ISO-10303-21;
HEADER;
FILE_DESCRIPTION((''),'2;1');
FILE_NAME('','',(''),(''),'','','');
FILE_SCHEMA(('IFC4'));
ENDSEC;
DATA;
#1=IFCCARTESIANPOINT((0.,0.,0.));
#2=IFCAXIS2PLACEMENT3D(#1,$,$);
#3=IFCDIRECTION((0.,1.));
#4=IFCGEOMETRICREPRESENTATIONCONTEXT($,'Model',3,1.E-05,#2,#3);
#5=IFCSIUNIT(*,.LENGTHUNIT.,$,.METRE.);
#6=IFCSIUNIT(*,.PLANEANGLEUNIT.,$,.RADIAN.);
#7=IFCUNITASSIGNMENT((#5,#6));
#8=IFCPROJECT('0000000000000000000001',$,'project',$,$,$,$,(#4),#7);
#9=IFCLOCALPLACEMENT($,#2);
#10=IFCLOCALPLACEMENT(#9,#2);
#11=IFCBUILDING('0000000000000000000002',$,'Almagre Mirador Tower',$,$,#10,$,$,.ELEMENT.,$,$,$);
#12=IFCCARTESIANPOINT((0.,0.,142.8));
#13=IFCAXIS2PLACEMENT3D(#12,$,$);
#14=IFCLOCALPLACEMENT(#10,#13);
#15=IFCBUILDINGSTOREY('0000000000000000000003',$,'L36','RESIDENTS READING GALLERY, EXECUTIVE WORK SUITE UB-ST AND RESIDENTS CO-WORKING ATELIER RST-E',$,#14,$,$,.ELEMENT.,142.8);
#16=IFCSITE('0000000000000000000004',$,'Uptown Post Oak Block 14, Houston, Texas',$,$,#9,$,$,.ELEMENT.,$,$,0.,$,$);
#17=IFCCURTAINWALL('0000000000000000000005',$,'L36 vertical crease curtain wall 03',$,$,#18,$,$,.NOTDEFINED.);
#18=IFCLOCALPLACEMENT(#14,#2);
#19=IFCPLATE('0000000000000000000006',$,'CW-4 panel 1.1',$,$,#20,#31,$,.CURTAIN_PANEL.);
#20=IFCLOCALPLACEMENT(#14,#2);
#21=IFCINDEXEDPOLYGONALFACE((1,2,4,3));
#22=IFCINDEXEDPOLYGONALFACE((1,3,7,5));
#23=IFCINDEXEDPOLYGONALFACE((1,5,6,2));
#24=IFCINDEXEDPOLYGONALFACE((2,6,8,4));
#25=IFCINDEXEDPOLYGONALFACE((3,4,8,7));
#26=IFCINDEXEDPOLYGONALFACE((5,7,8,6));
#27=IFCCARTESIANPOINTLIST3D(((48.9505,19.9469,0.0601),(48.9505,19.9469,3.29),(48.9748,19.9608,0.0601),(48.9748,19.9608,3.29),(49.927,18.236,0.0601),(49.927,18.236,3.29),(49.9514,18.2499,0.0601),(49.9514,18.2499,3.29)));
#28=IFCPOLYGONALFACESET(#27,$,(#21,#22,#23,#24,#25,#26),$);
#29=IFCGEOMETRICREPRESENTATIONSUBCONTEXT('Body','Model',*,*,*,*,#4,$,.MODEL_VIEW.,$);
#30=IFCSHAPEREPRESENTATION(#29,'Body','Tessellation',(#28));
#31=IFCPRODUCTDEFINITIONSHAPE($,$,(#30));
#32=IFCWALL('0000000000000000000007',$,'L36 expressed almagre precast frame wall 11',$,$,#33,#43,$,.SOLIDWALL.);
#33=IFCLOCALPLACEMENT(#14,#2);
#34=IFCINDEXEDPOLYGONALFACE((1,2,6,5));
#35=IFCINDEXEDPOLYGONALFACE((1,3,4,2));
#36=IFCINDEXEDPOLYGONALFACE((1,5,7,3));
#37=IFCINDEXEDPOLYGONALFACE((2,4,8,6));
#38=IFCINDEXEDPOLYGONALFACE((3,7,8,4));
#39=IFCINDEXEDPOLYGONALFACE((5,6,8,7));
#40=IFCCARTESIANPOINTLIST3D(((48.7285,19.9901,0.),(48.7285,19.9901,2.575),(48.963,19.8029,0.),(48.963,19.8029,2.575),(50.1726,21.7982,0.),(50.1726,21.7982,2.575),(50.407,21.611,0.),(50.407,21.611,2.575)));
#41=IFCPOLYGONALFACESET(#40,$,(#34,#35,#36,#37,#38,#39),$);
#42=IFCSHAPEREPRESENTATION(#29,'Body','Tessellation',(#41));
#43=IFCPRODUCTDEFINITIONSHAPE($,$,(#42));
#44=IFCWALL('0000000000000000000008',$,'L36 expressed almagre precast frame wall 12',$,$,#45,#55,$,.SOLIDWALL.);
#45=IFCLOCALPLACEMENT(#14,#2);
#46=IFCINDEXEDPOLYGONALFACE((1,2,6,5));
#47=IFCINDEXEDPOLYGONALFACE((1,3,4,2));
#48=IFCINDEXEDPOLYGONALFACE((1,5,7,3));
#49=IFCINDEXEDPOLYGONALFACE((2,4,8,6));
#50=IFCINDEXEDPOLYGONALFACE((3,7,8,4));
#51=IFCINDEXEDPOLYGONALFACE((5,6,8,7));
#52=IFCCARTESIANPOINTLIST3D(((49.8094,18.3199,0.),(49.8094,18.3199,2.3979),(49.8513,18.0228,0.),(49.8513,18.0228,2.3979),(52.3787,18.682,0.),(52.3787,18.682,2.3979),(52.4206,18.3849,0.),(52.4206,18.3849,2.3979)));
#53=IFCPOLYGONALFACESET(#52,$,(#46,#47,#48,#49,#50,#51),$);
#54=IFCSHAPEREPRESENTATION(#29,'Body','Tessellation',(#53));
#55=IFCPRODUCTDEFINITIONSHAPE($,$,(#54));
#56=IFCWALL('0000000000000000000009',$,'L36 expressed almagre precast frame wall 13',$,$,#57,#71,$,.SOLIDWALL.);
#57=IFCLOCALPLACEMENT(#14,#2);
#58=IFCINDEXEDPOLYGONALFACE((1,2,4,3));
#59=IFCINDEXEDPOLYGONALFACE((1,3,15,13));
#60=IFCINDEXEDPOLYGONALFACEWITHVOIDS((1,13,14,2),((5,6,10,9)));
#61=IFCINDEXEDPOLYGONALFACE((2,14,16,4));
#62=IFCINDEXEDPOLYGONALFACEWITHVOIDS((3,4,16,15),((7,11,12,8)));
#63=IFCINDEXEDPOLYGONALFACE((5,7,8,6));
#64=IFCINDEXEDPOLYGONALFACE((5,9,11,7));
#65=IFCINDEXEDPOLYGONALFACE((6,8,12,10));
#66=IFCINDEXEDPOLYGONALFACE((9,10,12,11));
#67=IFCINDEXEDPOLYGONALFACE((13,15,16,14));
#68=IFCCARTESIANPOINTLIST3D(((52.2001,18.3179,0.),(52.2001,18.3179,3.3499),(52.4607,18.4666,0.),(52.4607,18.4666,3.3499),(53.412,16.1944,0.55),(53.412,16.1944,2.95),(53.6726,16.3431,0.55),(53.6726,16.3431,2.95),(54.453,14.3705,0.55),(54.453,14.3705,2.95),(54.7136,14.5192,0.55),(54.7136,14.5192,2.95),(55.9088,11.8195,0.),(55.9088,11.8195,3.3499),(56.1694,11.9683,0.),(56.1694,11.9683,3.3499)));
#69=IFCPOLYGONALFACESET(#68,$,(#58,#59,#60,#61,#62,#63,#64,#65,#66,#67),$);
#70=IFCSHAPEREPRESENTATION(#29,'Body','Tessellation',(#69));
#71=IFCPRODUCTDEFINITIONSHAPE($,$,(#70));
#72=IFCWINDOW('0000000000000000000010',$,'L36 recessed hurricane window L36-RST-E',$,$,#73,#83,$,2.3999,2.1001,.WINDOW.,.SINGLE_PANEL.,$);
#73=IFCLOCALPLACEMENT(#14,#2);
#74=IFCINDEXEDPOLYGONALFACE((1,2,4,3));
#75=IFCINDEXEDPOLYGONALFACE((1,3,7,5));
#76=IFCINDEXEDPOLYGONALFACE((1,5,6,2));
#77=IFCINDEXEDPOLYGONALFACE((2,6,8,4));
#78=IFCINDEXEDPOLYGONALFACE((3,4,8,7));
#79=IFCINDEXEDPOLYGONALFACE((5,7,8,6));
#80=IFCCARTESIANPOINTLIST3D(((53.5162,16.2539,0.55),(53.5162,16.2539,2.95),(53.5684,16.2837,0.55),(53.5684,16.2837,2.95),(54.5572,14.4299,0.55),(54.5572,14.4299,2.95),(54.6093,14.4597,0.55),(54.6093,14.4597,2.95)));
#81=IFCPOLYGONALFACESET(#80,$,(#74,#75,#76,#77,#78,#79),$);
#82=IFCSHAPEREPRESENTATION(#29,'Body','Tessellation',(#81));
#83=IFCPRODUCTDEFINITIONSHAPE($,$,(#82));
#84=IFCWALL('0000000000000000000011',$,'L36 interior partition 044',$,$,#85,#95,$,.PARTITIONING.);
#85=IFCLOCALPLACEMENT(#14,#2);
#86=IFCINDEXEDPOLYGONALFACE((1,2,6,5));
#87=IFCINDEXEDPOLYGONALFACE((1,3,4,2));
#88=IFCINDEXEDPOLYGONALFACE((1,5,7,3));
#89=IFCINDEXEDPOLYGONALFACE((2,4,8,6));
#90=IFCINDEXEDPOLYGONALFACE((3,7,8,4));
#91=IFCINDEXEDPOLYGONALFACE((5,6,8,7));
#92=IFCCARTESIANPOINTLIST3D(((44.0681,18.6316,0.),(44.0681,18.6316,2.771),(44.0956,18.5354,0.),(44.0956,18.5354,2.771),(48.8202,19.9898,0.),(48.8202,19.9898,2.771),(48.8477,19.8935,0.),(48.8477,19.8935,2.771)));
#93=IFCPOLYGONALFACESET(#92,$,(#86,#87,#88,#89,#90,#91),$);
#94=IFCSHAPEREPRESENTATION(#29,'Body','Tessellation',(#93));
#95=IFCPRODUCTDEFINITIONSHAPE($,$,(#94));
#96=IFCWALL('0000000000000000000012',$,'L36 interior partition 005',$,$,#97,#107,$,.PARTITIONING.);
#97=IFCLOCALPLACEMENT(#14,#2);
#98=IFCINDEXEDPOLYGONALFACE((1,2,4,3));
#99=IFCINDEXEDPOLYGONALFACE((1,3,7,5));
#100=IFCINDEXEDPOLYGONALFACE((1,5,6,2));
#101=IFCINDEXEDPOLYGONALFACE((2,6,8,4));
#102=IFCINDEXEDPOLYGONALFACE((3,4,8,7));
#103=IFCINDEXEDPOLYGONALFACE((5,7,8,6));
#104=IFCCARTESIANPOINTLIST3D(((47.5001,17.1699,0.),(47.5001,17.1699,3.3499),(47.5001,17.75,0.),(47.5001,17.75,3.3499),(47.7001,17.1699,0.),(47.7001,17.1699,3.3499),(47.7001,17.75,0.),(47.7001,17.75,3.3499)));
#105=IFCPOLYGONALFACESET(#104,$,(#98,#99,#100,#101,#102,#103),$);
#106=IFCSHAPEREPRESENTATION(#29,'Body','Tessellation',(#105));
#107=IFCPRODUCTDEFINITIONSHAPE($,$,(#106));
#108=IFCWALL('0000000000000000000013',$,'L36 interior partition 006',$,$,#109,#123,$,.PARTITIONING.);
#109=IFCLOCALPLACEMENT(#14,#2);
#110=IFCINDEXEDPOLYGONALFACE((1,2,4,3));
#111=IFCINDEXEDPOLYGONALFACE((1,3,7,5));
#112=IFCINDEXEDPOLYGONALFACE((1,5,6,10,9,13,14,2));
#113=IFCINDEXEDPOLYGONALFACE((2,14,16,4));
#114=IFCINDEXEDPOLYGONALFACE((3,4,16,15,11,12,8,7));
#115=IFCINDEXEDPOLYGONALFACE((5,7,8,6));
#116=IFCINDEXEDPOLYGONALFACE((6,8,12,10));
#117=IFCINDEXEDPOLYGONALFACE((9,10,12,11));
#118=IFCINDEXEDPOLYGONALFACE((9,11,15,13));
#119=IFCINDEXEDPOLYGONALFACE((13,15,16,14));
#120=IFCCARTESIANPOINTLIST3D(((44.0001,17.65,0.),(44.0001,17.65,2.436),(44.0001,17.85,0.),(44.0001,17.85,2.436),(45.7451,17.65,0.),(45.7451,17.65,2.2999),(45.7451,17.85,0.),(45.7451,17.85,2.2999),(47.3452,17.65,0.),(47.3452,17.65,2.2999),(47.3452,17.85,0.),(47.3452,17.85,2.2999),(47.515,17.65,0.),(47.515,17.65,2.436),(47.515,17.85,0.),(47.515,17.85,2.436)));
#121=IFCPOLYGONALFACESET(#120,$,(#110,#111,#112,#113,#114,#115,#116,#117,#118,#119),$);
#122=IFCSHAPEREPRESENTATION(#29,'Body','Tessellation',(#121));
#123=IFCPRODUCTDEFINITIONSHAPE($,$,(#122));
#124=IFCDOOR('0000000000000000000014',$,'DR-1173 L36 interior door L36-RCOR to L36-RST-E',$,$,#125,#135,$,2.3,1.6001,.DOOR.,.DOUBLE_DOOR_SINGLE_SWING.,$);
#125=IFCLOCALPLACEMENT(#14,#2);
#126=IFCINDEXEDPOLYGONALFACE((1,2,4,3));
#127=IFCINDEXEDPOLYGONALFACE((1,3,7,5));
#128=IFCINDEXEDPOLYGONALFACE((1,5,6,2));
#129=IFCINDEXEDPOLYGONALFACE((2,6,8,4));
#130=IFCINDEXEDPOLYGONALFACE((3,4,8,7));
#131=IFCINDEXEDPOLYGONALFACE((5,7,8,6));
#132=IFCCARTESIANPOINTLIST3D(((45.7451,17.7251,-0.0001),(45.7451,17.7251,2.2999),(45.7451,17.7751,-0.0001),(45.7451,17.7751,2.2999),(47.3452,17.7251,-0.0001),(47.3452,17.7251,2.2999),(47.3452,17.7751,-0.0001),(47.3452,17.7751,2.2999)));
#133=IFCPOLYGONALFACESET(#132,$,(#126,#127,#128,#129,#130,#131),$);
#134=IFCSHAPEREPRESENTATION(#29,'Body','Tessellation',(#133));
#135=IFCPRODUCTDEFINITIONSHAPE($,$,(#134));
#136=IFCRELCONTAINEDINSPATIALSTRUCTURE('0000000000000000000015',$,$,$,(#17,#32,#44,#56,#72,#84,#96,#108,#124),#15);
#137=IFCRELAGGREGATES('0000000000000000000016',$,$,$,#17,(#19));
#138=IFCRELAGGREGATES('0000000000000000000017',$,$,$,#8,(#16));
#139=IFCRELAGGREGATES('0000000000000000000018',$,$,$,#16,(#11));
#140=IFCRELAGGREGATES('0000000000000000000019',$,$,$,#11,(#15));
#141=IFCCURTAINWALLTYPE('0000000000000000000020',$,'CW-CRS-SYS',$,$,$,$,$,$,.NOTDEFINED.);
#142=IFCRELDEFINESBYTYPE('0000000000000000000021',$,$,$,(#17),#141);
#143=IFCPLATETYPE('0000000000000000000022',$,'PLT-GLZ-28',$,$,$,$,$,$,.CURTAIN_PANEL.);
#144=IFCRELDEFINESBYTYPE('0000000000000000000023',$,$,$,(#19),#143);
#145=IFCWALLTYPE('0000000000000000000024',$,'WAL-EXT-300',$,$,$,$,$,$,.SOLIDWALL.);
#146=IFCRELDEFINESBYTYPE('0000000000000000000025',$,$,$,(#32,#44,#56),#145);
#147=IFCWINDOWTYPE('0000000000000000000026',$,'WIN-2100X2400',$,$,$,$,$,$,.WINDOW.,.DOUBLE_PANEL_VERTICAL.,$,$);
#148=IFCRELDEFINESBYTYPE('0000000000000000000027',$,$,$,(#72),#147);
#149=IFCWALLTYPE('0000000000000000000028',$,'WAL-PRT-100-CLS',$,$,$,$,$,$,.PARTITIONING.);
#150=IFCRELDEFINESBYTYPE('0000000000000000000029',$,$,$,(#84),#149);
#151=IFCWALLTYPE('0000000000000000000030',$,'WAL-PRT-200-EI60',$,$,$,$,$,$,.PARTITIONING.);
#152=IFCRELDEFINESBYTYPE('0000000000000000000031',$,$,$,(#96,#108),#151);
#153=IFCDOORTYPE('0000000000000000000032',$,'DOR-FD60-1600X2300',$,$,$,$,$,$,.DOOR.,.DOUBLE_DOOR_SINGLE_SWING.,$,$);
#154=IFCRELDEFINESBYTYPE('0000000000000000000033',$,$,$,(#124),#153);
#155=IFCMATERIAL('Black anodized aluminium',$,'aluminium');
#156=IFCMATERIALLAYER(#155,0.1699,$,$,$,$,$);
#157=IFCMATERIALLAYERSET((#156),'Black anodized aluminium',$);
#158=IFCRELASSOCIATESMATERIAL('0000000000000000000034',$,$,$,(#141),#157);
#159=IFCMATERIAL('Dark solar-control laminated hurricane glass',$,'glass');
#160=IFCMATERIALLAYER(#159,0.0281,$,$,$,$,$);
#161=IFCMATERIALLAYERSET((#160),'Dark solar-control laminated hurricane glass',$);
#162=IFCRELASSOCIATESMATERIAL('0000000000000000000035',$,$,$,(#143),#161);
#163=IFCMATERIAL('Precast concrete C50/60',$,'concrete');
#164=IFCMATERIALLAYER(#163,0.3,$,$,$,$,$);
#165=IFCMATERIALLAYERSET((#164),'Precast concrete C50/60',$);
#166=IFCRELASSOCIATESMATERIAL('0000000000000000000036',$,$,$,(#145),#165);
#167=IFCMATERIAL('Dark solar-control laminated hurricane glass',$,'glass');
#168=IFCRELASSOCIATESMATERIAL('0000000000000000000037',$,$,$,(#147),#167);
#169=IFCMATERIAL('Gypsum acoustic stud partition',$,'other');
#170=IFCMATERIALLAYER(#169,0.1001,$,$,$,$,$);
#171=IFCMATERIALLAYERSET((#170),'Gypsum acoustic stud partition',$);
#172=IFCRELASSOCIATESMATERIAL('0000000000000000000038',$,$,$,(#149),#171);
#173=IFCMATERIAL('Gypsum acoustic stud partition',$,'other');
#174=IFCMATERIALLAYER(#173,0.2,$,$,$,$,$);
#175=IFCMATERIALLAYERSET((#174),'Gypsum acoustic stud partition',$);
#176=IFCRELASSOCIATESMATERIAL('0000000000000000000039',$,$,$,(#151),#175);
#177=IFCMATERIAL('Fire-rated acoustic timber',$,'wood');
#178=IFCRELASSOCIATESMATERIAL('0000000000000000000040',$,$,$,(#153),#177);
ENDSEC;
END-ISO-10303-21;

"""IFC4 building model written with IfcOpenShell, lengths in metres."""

from ifc_helpers import new_model, si_unit, direction, frame, frame_2d, origin, origin_2d, place, context, subcontext, project, spatial, rectangle, extrude, material, layer, layer_set, type_object, element, fill, aggregate, save


model = new_model("IFC4")

# Units and contexts
model_context = context("Model", 3, precision=1e-05, world=origin(), true_north=direction((0.0, 1.0)))
body_context = subcontext(model_context, "Body", "Model", "MODEL_VIEW")
ifc_project = project(units=[si_unit("LENGTHUNIT", "METRE"), si_unit("PLANEANGLEUNIT", "RADIAN")], contexts=[model_context])

# Site, building, storey
site_placement = place(None, origin())
site = spatial("IfcSite", under=ifc_project, at=site_placement, Name="Uptown Post Oak Block 14, Houston, Texas", CompositionType="ELEMENT", RefElevation=0.0)
building_placement = place(site_placement, origin())
building = spatial("IfcBuilding", under=site, at=building_placement, Name="Almagre Mirador Tower", CompositionType="ELEMENT")
storey_placement = place(building_placement, frame((0.0, 0.0, 142.8)))
storey = spatial("IfcBuildingStorey", under=building, at=storey_placement, Name="L36", Description="RESIDENTS READING GALLERY, EXECUTIVE WORK SUITE UB-ST AND RESIDENTS CO-WORKING ATELIER RST-E", CompositionType="ELEMENT", Elevation=142.8)

# Curtain wall, plate
ifc_material_1 = material(Name="Black anodized aluminium", Category="aluminium")
ifc_layer_1 = layer(ifc_material_1, 0.1699)
ifc_layer_set_1 = layer_set([ifc_layer_1], Name="Black anodized aluminium")
curtain_wall_type = type_object("IfcCurtainWallType", Name="CW-CRS-SYS", PredefinedType="NOTDEFINED", material=ifc_layer_set_1)
curtain_wall_placement = place(storey_placement, origin())
curtain_wall = element("IfcCurtainWall", 1, at=curtain_wall_placement, inside=storey, type_object=curtain_wall_type, Name="L36 vertical crease curtain wall 03", PredefinedType="NOTDEFINED")
ifc_material_2 = material(Name="Dark solar-control laminated hurricane glass", Category="glass")
ifc_layer_2 = layer(ifc_material_2, 0.0281)
ifc_layer_set_2 = layer_set([ifc_layer_2], Name="Dark solar-control laminated hurricane glass")
plate_type = type_object("IfcPlateType", Name="PLT-GLZ-28", PredefinedType="CURTAIN_PANEL", material=ifc_layer_set_2)
plate_placement = place(storey_placement, frame((49.4509, 19.0984, 0.0601), z_axis=(0.0, 0.0, 1.0), x_axis=(0.495727, -0.868479, 0.0)))
plate = element("IfcPlate", 2, at=plate_placement, type_object=plate_type, Name="CW-4 panel 1.1", PredefinedType="CURTAIN_PANEL", context=body_context, shape_type="SweptSolid", body=[
    extrude(rectangle(XDim=1.97, YDim=0.0281, at=origin_2d()), origin(), (0.0, 0.0, 1.0), 3.23),
])
aggregate(curtain_wall, [plate])

# Walls
ifc_material_3 = material(Name="Precast concrete C50/60", Category="concrete")
ifc_layer_3 = layer(ifc_material_3, 0.3)
ifc_layer_set_3 = layer_set([ifc_layer_3], Name="Precast concrete C50/60")
wall_type_1 = type_object("IfcWallType", Name="WAL-EXT-300", PredefinedType="SOLIDWALL", material=ifc_layer_set_3)
wall_1_placement = place(storey_placement, frame((50.2898, 21.7046, 0.0), z_axis=(0.0, 0.0, 1.0), x_axis=(-0.624064, -0.781373, 0.0)))
element("IfcWall", 3, at=wall_1_placement, inside=storey, type_object=wall_type_1, Name="L36 expressed almagre precast frame wall 11", PredefinedType="SOLIDWALL", context=body_context, shape_type="SweptSolid", body=[
    extrude(rectangle(XDim=2.314, YDim=0.3, at=frame_2d((1.157, 0.0))), origin(), (0.0, 0.0, 1.0), 2.575),
])
wall_2_placement = place(storey_placement, frame((49.8303, 18.1714, 0.0), z_axis=(0.0, 0.0, 1.0), x_axis=(0.990217, 0.139537, 0.0)))
element("IfcWall", 4, at=wall_2_placement, inside=storey, type_object=wall_type_1, Name="L36 expressed almagre precast frame wall 12", PredefinedType="SOLIDWALL", context=body_context, shape_type="SweptSolid", body=[
    extrude(rectangle(XDim=2.5947, YDim=0.3, at=frame_2d((1.2974, 0.0))), origin(), (0.0, 0.0, 1.0), 2.3979),
])

# Wall, opening, window
wall_3_placement = place(storey_placement, frame((52.3303, 18.3923, 0.0), z_axis=(0.0, 0.0, 1.0), x_axis=(0.495679, -0.868506, 0.0)))
wall_3 = element("IfcWall", 5, at=wall_3_placement, inside=storey, type_object=wall_type_1, Name="L36 expressed almagre precast frame wall 13", PredefinedType="SOLIDWALL", context=body_context, shape_type="SweptSolid", body=[
    extrude(rectangle(XDim=7.4822, YDim=0.3, at=frame_2d((3.7412, 0.0))), origin(), (0.0, 0.0, 1.0), 3.3499),
])
opening_1_placement = place(wall_3_placement, frame((2.4451, 0.0, 0.55)))
opening_1 = element("IfcOpeningElement", 6, at=opening_1_placement, cuts=wall_3, PredefinedType="OPENING", context=body_context, shape_type="SweptSolid", body=[
    extrude(rectangle(XDim=2.1001, YDim=2.3999, at=frame_2d((1.05, 1.2))), frame((0.0, 0.1599, 0.0), z_axis=(0.0, -1.0, 0.0), x_axis=(1.0, 0.0, 0.0)), (0.0, 0.0, 1.0), 0.32),
])
ifc_material_4 = material(Name="Dark solar-control laminated hurricane glass", Category="glass")
window_type = type_object("IfcWindowType", Name="WIN-2100X2400", PartitioningType="DOUBLE_PANEL_VERTICAL", PredefinedType="WINDOW", material=ifc_material_4)
window_placement = place(opening_1_placement, origin())
window = element("IfcWindow", 7, at=window_placement, inside=storey, type_object=window_type, Name="L36 recessed hurricane window L36-RST-E", OverallHeight=2.3999, OverallWidth=2.1001, PartitioningType="SINGLE_PANEL", PredefinedType="WINDOW", context=body_context, shape_type="SweptSolid", body=[
    extrude(rectangle(XDim=2.1001, YDim=2.3999, at=frame_2d((1.05, 1.2))), frame((0.0, 0.03, 0.0), z_axis=(0.0, -1.0, 0.0), x_axis=(1.0, 0.0, 0.0)), (0.0, 0.0, 1.0), 0.0601),
])
fill(opening_1, window)

# Walls
ifc_material_5 = material(Name="Gypsum acoustic stud partition", Category="other")
ifc_layer_4 = layer(ifc_material_5, 0.1001)
ifc_layer_set_4 = layer_set([ifc_layer_4], Name="Gypsum acoustic stud partition")
wall_type_2 = type_object("IfcWallType", Name="WAL-PRT-100-CLS", PredefinedType="PARTITIONING", material=ifc_layer_set_4)
wall_4_placement = place(storey_placement, frame((48.834, 19.9417, 0.0), z_axis=(0.0, 0.0, 1.0), x_axis=(-0.961503, -0.274793, 0.0)))
element("IfcWall", 8, at=wall_4_placement, inside=storey, type_object=wall_type_2, Name="L36 interior partition 044", PredefinedType="PARTITIONING", context=body_context, shape_type="SweptSolid", body=[
    extrude(rectangle(XDim=4.9424, YDim=0.1001, at=frame_2d((2.4712, 0.0))), origin(), (0.0, 0.0, 1.0), 2.771),
])
ifc_material_6 = material(Name="Gypsum acoustic stud partition", Category="other")
ifc_layer_5 = layer(ifc_material_6, 0.2)
ifc_layer_set_5 = layer_set([ifc_layer_5], Name="Gypsum acoustic stud partition")
wall_type_3 = type_object("IfcWallType", Name="WAL-PRT-200-EI60", PredefinedType="PARTITIONING", material=ifc_layer_set_5)
wall_5_placement = place(storey_placement, frame((47.6001, 17.1699, 0.0), z_axis=(0.0, 0.0, 1.0), x_axis=(0.0, 1.0, 0.0)))
element("IfcWall", 9, at=wall_5_placement, inside=storey, type_object=wall_type_3, Name="L36 interior partition 005", PredefinedType="PARTITIONING", context=body_context, shape_type="SweptSolid", body=[
    extrude(rectangle(XDim=0.5801, YDim=0.2, at=frame_2d((0.29, 0.0))), origin(), (0.0, 0.0, 1.0), 3.3499),
])

# Wall, opening, door
wall_6_placement = place(storey_placement, frame((47.5149, 17.75, 0.0), z_axis=(0.0, 0.0, 1.0), x_axis=(-1.0, 0.0, 0.0)))
wall_6 = element("IfcWall", 10, at=wall_6_placement, inside=storey, type_object=wall_type_3, Name="L36 interior partition 006", PredefinedType="PARTITIONING", context=body_context, shape_type="SweptSolid", body=[
    extrude(rectangle(XDim=3.5149, YDim=0.2, at=frame_2d((1.7573, 0.0))), origin(), (0.0, 0.0, 1.0), 2.436),
])
opening_2_placement = place(wall_6_placement, frame((0.1697, 0.0, 0.0)))
opening_2 = element("IfcOpeningElement", 11, at=opening_2_placement, cuts=wall_6, PredefinedType="OPENING", context=body_context, shape_type="SweptSolid", body=[
    extrude(rectangle(XDim=1.6001, YDim=2.3, at=frame_2d((0.8, 1.1499))), frame((0.0, 0.1101, 0.0), z_axis=(0.0, -1.0, 0.0), x_axis=(1.0, 0.0, 0.0)), (0.0, 0.0, 1.0), 0.22),
])
ifc_material_7 = material(Name="Fire-rated acoustic timber", Category="wood")
door_type = type_object("IfcDoorType", Name="DOR-FD60-1600X2300", OperationType="DOUBLE_DOOR_SINGLE_SWING", PredefinedType="DOOR", material=ifc_material_7)
door_placement = place(opening_2_placement, origin())
door = element("IfcDoor", 12, at=door_placement, inside=storey, type_object=door_type, Name="DR-1173 L36 interior door L36-RCOR to L36-RST-E", OperationType="DOUBLE_DOOR_SINGLE_SWING", OverallHeight=2.3, OverallWidth=1.6001, PredefinedType="DOOR", context=body_context, shape_type="SweptSolid", body=[
    extrude(rectangle(XDim=1.6001, YDim=2.3, at=frame_2d((0.8, 1.1499))), frame((0.0, 0.0249, 0.0), z_axis=(0.0, -1.0, 0.0), x_axis=(1.0, 0.0, 0.0)), (0.0, 0.0, 1.0), 0.05),
])
fill(opening_2, door)

save(model, "model.ifc")
